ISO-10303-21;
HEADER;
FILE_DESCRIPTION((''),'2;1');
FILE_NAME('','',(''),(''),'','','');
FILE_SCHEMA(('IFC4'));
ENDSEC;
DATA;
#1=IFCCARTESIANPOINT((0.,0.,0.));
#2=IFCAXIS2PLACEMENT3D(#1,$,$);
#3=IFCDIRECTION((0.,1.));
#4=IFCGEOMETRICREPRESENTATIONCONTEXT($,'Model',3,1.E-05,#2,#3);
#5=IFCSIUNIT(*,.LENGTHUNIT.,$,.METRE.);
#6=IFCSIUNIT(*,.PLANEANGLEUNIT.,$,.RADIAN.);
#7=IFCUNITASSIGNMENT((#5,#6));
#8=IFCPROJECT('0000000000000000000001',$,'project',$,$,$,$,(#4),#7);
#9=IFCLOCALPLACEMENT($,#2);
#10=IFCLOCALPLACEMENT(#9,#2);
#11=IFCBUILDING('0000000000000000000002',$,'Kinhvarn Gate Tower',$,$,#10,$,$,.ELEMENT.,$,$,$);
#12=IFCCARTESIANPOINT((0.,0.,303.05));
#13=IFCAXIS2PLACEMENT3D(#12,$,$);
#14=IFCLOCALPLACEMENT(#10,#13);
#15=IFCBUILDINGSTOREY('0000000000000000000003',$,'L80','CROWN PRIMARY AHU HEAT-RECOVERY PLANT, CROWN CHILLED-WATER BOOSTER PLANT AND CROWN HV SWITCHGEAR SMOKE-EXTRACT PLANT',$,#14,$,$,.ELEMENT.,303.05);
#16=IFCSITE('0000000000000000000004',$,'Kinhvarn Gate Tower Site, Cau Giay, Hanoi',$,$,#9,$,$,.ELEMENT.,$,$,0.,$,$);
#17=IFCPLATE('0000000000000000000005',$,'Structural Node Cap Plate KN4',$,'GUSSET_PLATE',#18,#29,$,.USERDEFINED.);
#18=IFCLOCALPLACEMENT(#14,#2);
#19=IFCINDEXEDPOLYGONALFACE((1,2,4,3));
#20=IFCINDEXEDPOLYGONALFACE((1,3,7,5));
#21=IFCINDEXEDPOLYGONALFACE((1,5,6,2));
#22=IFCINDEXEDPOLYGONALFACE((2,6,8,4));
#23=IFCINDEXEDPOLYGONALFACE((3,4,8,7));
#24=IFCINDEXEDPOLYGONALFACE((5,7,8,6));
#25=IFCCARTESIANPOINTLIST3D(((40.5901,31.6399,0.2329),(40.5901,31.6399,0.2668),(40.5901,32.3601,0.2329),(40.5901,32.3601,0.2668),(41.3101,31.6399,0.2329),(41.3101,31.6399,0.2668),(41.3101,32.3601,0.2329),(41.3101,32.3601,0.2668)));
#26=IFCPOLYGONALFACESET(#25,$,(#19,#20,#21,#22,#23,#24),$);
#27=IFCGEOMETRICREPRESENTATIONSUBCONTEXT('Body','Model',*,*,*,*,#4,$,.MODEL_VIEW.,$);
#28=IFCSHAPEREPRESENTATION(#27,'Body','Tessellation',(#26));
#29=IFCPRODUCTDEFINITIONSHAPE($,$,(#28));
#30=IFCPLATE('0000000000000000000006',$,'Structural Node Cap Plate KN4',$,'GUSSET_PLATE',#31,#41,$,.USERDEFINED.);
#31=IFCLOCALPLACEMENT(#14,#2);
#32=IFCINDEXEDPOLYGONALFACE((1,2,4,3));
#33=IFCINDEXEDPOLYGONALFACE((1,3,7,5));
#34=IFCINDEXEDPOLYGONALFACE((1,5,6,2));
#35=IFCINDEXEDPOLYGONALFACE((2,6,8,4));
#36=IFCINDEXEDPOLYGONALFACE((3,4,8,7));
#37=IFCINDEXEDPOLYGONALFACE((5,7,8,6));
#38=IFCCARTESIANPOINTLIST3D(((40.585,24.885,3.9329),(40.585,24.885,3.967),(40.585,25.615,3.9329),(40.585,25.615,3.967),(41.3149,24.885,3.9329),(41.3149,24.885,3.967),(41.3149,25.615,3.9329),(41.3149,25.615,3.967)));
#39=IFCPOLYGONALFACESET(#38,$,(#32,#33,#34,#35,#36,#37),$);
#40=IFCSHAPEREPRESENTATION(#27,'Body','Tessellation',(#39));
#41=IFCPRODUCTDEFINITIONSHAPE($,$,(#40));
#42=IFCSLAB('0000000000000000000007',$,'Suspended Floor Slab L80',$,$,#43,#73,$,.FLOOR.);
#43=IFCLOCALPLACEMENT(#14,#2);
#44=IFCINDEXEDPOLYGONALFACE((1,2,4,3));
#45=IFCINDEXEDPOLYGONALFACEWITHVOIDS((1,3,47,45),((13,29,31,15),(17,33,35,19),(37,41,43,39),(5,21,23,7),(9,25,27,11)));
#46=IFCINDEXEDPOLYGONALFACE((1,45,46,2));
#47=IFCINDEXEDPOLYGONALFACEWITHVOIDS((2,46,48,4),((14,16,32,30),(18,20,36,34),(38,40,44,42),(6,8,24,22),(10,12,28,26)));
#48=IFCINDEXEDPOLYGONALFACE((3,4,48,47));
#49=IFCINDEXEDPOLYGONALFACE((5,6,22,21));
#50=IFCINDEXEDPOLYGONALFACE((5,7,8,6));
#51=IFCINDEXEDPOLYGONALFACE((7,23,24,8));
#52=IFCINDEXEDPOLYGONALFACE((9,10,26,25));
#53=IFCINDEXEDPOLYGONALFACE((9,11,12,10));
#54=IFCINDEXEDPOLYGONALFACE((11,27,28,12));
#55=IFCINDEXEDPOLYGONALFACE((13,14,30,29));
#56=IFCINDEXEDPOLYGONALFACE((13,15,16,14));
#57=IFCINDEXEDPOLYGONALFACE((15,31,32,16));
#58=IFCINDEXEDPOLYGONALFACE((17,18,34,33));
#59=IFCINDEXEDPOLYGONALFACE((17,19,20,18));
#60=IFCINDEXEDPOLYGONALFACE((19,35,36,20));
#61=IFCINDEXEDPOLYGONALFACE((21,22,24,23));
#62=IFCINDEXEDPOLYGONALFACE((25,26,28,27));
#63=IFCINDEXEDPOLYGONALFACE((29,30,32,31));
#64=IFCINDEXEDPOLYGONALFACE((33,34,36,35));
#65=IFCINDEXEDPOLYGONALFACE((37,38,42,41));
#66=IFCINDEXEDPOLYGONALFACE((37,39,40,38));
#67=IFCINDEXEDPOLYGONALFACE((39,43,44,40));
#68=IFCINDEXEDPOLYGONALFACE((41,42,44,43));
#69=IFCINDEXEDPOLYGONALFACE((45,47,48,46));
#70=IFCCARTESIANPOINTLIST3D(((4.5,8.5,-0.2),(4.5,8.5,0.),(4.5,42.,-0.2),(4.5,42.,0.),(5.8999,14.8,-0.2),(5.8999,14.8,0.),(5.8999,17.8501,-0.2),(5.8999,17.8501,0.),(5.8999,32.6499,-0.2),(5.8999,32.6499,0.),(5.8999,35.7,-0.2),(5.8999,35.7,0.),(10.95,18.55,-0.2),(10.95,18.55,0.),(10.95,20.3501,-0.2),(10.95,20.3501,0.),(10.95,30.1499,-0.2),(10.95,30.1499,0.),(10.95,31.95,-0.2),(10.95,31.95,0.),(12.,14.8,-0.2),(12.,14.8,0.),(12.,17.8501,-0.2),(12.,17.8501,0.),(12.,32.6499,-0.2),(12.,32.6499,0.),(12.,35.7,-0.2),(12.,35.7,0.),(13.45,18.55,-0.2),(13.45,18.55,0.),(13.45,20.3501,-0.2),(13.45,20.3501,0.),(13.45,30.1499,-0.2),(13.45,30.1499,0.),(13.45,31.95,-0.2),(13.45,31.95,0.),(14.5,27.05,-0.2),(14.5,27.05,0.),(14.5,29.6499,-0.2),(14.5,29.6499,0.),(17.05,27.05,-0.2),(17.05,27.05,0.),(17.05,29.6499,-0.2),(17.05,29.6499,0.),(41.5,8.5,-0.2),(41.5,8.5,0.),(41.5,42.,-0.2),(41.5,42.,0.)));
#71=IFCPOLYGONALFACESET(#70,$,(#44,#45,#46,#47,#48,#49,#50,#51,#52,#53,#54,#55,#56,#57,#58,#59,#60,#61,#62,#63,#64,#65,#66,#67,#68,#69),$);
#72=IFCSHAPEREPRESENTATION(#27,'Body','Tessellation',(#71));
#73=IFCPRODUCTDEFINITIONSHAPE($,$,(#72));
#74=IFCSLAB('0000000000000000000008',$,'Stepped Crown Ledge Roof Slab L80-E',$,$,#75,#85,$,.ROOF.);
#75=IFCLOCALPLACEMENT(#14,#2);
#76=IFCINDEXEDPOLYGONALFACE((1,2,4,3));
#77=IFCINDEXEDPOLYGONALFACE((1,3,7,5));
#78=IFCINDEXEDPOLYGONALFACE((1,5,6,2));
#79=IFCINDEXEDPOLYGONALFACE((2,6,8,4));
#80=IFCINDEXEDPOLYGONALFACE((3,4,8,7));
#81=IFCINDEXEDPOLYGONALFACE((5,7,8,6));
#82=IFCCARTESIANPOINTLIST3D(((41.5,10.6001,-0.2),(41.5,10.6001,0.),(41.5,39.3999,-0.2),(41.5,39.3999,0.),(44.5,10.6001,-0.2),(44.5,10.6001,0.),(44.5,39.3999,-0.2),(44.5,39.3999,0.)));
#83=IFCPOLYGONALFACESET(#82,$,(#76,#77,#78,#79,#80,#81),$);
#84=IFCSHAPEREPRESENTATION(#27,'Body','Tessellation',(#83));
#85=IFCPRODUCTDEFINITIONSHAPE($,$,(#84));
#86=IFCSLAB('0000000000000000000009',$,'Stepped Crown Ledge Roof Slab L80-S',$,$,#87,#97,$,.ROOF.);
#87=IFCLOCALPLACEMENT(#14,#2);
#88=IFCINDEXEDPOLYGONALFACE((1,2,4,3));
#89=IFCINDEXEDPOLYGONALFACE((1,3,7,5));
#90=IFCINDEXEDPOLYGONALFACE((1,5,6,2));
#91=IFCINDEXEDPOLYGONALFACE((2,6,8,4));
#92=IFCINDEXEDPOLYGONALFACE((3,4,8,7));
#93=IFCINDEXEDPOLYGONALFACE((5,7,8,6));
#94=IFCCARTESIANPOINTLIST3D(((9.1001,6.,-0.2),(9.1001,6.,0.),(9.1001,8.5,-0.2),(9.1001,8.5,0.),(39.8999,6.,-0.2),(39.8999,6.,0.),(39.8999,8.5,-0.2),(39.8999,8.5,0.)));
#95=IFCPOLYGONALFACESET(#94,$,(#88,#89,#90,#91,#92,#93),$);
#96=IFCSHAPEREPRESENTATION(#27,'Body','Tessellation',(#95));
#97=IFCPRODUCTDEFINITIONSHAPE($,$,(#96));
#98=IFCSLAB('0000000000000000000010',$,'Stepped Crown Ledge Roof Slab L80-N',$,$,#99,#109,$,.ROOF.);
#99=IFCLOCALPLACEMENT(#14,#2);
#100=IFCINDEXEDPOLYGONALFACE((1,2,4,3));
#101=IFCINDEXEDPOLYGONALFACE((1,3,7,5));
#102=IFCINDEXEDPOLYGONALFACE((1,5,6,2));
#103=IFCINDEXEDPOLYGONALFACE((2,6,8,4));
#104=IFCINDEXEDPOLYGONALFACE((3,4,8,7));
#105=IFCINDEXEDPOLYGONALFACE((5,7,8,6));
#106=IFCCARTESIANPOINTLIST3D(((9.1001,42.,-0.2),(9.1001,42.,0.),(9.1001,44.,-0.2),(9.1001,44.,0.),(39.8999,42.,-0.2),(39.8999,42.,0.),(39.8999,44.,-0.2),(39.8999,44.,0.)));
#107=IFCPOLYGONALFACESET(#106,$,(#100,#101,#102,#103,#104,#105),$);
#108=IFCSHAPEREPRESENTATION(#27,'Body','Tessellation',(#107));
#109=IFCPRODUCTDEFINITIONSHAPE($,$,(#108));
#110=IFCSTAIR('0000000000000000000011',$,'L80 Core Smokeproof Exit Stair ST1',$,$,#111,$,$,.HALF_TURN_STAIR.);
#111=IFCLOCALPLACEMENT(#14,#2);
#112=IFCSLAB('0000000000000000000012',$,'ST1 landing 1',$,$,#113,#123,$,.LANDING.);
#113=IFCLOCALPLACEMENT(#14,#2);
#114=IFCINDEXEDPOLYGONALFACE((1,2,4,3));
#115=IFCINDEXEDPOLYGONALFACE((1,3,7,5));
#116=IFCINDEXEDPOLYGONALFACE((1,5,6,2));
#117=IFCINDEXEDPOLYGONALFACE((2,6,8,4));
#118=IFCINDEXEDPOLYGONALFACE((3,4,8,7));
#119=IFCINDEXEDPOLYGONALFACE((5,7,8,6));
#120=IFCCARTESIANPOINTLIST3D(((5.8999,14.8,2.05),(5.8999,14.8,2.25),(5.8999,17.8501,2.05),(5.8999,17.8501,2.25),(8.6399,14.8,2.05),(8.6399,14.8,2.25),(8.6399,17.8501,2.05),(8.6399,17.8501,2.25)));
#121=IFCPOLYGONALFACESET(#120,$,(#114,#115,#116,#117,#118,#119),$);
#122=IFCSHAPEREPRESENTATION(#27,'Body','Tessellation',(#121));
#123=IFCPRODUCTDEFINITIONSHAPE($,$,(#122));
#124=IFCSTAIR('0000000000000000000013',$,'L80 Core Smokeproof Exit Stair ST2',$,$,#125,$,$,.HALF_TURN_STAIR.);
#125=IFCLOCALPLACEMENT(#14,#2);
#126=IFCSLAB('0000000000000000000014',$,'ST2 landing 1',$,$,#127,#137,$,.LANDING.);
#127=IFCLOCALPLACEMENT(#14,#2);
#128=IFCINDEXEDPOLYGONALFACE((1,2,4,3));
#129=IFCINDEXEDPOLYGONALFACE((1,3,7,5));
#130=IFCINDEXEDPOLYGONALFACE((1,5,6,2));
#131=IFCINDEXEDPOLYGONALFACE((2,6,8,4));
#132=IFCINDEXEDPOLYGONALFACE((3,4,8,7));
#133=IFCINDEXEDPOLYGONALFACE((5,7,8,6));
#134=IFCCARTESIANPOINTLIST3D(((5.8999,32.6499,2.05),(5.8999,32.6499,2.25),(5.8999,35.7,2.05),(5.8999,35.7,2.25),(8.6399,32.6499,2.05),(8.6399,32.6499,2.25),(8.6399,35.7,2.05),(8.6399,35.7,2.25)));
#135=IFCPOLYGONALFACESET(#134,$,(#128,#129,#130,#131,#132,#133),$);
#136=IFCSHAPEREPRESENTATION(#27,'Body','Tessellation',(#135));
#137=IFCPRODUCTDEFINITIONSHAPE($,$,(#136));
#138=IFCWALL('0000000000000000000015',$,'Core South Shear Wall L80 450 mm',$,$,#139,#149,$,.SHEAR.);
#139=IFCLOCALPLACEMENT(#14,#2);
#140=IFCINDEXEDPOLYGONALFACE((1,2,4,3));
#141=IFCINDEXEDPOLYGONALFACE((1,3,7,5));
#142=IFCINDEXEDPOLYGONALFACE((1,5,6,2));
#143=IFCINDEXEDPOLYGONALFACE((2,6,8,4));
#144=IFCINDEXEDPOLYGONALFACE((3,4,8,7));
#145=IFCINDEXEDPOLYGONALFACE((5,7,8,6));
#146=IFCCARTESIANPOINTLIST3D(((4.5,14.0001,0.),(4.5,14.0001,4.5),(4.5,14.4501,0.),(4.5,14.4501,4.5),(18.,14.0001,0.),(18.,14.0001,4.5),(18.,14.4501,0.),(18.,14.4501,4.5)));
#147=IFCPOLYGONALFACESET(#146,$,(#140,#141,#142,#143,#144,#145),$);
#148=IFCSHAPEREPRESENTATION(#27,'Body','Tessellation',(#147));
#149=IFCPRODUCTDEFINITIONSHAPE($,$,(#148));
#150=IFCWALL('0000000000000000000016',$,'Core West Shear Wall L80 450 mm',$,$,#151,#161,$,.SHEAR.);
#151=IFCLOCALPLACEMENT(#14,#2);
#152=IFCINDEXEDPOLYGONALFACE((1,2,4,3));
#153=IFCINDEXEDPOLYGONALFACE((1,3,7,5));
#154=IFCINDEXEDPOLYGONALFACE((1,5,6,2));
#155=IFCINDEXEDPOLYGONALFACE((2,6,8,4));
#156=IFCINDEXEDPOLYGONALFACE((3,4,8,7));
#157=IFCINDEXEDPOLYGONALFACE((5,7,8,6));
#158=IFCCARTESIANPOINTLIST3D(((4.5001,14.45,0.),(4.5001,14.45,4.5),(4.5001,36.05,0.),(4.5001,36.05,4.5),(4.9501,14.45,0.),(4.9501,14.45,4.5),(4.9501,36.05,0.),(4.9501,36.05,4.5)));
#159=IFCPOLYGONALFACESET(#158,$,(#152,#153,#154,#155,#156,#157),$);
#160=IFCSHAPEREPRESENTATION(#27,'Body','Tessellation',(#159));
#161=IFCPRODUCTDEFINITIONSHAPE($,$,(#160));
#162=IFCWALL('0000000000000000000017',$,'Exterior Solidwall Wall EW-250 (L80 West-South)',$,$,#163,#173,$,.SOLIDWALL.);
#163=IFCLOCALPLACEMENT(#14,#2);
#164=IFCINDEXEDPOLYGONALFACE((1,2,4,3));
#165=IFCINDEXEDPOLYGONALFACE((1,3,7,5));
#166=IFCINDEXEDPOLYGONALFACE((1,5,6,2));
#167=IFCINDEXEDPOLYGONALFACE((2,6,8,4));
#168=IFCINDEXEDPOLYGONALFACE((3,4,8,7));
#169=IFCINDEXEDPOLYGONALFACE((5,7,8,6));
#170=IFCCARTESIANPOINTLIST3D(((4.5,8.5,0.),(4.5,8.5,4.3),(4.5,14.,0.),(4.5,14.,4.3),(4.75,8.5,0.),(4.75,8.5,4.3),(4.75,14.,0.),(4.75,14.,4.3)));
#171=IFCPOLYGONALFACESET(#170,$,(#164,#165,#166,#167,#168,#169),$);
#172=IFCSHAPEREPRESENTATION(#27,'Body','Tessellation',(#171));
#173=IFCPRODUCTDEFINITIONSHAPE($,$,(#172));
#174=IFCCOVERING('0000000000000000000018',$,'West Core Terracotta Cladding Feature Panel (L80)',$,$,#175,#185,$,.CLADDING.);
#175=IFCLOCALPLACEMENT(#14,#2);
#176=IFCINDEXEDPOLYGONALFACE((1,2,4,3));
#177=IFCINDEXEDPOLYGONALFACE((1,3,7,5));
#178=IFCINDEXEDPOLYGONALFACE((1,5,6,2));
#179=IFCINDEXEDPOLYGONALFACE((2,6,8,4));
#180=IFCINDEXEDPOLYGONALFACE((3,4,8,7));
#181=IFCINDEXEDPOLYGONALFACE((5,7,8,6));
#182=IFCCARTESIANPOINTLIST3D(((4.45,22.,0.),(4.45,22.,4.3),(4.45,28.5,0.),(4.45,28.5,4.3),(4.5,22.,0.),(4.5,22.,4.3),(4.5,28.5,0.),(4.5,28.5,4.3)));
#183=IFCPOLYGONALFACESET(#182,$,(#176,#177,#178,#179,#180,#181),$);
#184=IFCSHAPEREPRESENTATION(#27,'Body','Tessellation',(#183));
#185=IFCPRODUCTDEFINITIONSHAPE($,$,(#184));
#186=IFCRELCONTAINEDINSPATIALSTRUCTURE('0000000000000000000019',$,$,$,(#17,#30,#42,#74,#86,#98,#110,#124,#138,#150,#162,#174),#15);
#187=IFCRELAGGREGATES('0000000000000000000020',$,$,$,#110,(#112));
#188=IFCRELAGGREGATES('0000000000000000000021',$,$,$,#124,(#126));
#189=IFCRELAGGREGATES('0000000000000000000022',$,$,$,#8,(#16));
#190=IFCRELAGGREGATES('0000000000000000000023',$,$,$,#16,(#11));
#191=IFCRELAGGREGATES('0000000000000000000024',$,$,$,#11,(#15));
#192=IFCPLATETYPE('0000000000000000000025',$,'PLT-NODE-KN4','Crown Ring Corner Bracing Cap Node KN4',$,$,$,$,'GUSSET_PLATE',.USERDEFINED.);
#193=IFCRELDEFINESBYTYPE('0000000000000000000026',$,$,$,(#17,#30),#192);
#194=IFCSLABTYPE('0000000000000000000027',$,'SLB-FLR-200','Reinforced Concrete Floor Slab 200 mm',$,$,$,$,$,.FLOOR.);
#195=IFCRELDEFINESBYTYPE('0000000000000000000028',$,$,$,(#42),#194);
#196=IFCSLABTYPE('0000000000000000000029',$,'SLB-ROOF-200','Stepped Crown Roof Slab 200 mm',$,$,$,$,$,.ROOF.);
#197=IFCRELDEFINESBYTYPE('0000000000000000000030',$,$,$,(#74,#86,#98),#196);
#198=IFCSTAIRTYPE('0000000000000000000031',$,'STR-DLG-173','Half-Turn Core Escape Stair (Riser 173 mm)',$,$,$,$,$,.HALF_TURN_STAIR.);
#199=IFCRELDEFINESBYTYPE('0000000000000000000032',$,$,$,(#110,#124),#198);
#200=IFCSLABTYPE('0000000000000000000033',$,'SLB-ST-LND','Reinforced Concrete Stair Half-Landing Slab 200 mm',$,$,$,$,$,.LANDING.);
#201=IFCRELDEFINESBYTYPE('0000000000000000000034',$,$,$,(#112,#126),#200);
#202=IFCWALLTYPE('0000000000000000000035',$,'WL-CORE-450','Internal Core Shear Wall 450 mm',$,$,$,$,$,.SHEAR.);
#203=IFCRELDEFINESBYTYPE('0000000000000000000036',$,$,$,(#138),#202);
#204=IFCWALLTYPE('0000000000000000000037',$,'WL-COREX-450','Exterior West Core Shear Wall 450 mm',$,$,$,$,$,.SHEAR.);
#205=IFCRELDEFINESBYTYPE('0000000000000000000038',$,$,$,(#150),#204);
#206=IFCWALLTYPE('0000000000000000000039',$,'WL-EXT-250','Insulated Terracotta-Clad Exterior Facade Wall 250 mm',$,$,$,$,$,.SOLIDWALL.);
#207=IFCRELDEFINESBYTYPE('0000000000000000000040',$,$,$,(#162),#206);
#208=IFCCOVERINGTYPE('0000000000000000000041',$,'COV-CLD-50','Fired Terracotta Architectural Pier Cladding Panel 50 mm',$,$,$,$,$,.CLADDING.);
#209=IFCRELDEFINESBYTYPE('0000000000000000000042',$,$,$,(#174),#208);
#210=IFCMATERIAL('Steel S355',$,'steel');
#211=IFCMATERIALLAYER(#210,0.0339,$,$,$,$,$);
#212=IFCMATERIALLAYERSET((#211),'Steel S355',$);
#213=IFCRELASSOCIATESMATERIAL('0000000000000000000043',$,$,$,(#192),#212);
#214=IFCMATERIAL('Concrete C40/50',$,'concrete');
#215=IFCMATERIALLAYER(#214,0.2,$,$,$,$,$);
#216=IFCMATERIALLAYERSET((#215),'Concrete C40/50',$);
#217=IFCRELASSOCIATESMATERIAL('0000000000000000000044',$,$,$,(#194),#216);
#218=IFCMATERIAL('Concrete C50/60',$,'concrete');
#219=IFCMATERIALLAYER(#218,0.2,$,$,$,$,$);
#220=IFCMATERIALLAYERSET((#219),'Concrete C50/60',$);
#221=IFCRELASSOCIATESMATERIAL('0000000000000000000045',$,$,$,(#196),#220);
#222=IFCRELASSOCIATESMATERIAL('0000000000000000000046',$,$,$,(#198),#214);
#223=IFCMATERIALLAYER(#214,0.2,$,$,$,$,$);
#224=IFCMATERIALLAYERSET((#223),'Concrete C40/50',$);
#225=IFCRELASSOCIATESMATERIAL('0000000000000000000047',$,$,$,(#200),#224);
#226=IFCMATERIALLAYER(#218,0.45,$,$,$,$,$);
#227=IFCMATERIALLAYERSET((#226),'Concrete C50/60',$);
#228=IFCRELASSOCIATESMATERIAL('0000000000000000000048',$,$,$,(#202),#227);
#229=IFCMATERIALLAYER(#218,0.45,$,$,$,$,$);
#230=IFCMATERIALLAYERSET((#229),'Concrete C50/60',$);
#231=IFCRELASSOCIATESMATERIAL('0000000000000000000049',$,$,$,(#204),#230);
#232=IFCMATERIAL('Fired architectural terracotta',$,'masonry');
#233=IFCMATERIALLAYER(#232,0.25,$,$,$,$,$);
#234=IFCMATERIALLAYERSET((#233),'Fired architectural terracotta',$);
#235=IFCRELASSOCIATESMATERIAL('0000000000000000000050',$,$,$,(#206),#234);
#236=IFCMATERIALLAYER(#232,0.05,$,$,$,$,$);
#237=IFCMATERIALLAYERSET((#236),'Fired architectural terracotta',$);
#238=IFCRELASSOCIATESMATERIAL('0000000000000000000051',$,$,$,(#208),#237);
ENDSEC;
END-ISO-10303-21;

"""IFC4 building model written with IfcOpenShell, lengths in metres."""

from ifc_helpers import new_model, si_unit, direction, frame, frame_2d, origin, place, context, subcontext, project, spatial, polyline, rectangle, outline, extrude, material, layer, layer_set, type_object, element, aggregate, save


model = new_model("IFC4")

# Units and contexts
model_context = context("Model", 3, precision=1e-05, world=origin(), true_north=direction((0.0, 1.0)))
body_context = subcontext(model_context, "Body", "Model", "MODEL_VIEW")
ifc_project = project(units=[si_unit("LENGTHUNIT", "METRE"), si_unit("PLANEANGLEUNIT", "RADIAN")], contexts=[model_context])

# Site, building, storey
site_placement = place(None, origin())
site = spatial("IfcSite", under=ifc_project, at=site_placement, Name="Kinhvarn Gate Tower Site, Cau Giay, Hanoi", CompositionType="ELEMENT", RefElevation=0.0)
building_placement = place(site_placement, origin())
building = spatial("IfcBuilding", under=site, at=building_placement, Name="Kinhvarn Gate Tower", CompositionType="ELEMENT")
storey_placement = place(building_placement, frame((0.0, 0.0, 303.05)))
storey = spatial("IfcBuildingStorey", under=building, at=storey_placement, Name="L80", Description="CROWN PRIMARY AHU HEAT-RECOVERY PLANT, CROWN CHILLED-WATER BOOSTER PLANT AND CROWN HV SWITCHGEAR SMOKE-EXTRACT PLANT", CompositionType="ELEMENT", Elevation=303.05)

# Plates
ifc_material_1 = material(Name="Steel S355", Category="steel")
ifc_layer_1 = layer(ifc_material_1, 0.0339)
ifc_layer_set_1 = layer_set([ifc_layer_1], Name="Steel S355")
plate_type_1 = type_object("IfcPlateType", Name="PLT-NODE-KN4", Description="Crown Ring Corner Bracing Cap Node KN4", ElementType="GUSSET_PLATE", PredefinedType="USERDEFINED", material=ifc_layer_set_1)
plate_1_placement = place(storey_placement, frame((0.0, 0.0, 0.2329)))
element("IfcPlate", 1, at=plate_1_placement, inside=storey, type_object=plate_type_1, Name="Structural Node Cap Plate KN4", ObjectType="GUSSET_PLATE", PredefinedType="USERDEFINED", context=body_context, shape_type="SweptSolid", body=[
    extrude(outline(polyline([(40.5901, 31.6399), (41.3101, 31.6399), (41.3101, 32.3601), (40.5901, 32.3601), (40.5901, 31.6399)])), origin(), (0.0, 0.0, 1.0), 0.0339),
])
plate_2_placement = place(storey_placement, frame((0.0, 0.0, 3.9329)))
element("IfcPlate", 2, at=plate_2_placement, inside=storey, type_object=plate_type_1, Name="Structural Node Cap Plate KN4", ObjectType="GUSSET_PLATE", PredefinedType="USERDEFINED", context=body_context, shape_type="SweptSolid", body=[
    extrude(outline(polyline([(40.585, 24.885), (41.3149, 24.885), (41.3149, 25.615), (40.585, 25.615), (40.585, 24.885)])), origin(), (0.0, 0.0, 1.0), 0.0342),
])

# Slabs
ifc_material_2 = material(Name="Concrete C40/50", Category="concrete")
ifc_layer_2 = layer(ifc_material_2, 0.2)
ifc_layer_set_2 = layer_set([ifc_layer_2], Name="Concrete C40/50")
slab_type_1 = type_object("IfcSlabType", Name="SLB-FLR-200", Description="Reinforced Concrete Floor Slab 200 mm", PredefinedType="FLOOR", material=ifc_layer_set_2)
slab_1_placement = place(storey_placement, frame((0.0, 0.0, -0.2)))
element("IfcSlab", 3, at=slab_1_placement, inside=storey, type_object=slab_type_1, Name="Suspended Floor Slab L80", PredefinedType="FLOOR", context=body_context, shape_type="SweptSolid", body=[
    extrude(outline(polyline([(4.5, 8.5), (41.5, 8.5), (41.5, 42.0), (4.5, 42.0), (4.5, 8.5)]), holes=[polyline([(5.8999, 14.8), (12.0, 14.8), (12.0, 17.8501), (5.8999, 17.8501), (5.8999, 14.8)]), polyline([(5.8999, 32.6499), (12.0, 32.6499), (12.0, 35.7), (5.8999, 35.7), (5.8999, 32.6499)]), polyline([(14.5, 27.05), (17.05, 27.05), (17.05, 29.6499), (14.5, 29.6499), (14.5, 27.05)]), polyline([(10.95, 18.55), (13.45, 18.55), (13.45, 20.3501), (10.95, 20.3501), (10.95, 18.55)]), polyline([(10.95, 30.1499), (13.45, 30.1499), (13.45, 31.95), (10.95, 31.95), (10.95, 30.1499)])]), origin(), (0.0, 0.0, 1.0), 0.2),
])
ifc_material_3 = material(Name="Concrete C50/60", Category="concrete")
ifc_layer_3 = layer(ifc_material_3, 0.2)
ifc_layer_set_3 = layer_set([ifc_layer_3], Name="Concrete C50/60")
slab_type_2 = type_object("IfcSlabType", Name="SLB-ROOF-200", Description="Stepped Crown Roof Slab 200 mm", PredefinedType="ROOF", material=ifc_layer_set_3)
slab_2_placement = place(storey_placement, frame((0.0, 0.0, -0.2)))
element("IfcSlab", 4, at=slab_2_placement, inside=storey, type_object=slab_type_2, Name="Stepped Crown Ledge Roof Slab L80-E", PredefinedType="ROOF", context=body_context, shape_type="SweptSolid", body=[
    extrude(outline(polyline([(41.5, 10.6001), (41.5, 39.3999), (44.5, 39.3999), (44.5, 10.6001), (41.5, 10.6001)])), origin(), (0.0, 0.0, 1.0), 0.2),
])
slab_3_placement = place(storey_placement, frame((0.0, 0.0, -0.2)))
element("IfcSlab", 5, at=slab_3_placement, inside=storey, type_object=slab_type_2, Name="Stepped Crown Ledge Roof Slab L80-S", PredefinedType="ROOF", context=body_context, shape_type="SweptSolid", body=[
    extrude(outline(polyline([(9.1001, 6.0), (9.1001, 8.5), (39.8999, 8.5), (39.8999, 6.0), (9.1001, 6.0)])), origin(), (0.0, 0.0, 1.0), 0.2),
])
slab_4_placement = place(storey_placement, frame((0.0, 0.0, -0.2)))
element("IfcSlab", 6, at=slab_4_placement, inside=storey, type_object=slab_type_2, Name="Stepped Crown Ledge Roof Slab L80-N", PredefinedType="ROOF", context=body_context, shape_type="SweptSolid", body=[
    extrude(outline(polyline([(39.8999, 42.0), (9.1001, 42.0), (9.1001, 44.0), (39.8999, 44.0), (39.8999, 42.0)])), origin(), (0.0, 0.0, 1.0), 0.2),
])

# Stairs, slabs
stair_type = type_object("IfcStairType", Name="STR-DLG-173", Description="Half-Turn Core Escape Stair (Riser 173 mm)", PredefinedType="HALF_TURN_STAIR", material=ifc_material_2)
stair_1_placement = place(storey_placement, origin())
stair_1 = element("IfcStair", 7, at=stair_1_placement, inside=storey, type_object=stair_type, Name="L80 Core Smokeproof Exit Stair ST1", PredefinedType="HALF_TURN_STAIR")
ifc_layer_4 = layer(ifc_material_2, 0.2)
ifc_layer_set_4 = layer_set([ifc_layer_4], Name="Concrete C40/50")
slab_type_3 = type_object("IfcSlabType", Name="SLB-ST-LND", Description="Reinforced Concrete Stair Half-Landing Slab 200 mm", PredefinedType="LANDING", material=ifc_layer_set_4)
slab_5_placement = place(storey_placement, frame((0.0, 0.0, 2.05)))
slab_5 = element("IfcSlab", 8, at=slab_5_placement, type_object=slab_type_3, Name="ST1 landing 1", PredefinedType="LANDING", context=body_context, shape_type="SweptSolid", body=[
    extrude(outline(polyline([(8.6399, 17.8501), (5.8999, 17.8501), (5.8999, 14.8), (8.6399, 14.8), (8.6399, 17.8501)])), origin(), (0.0, 0.0, 1.0), 0.2),
])
aggregate(stair_1, [slab_5])
stair_2_placement = place(storey_placement, origin())
stair_2 = element("IfcStair", 9, at=stair_2_placement, inside=storey, type_object=stair_type, Name="L80 Core Smokeproof Exit Stair ST2", PredefinedType="HALF_TURN_STAIR")
slab_6_placement = place(storey_placement, frame((0.0, 0.0, 2.05)))
slab_6 = element("IfcSlab", 10, at=slab_6_placement, type_object=slab_type_3, Name="ST2 landing 1", PredefinedType="LANDING", context=body_context, shape_type="SweptSolid", body=[
    extrude(outline(polyline([(8.6399, 35.7), (5.8999, 35.7), (5.8999, 32.6499), (8.6399, 32.6499), (8.6399, 35.7)])), origin(), (0.0, 0.0, 1.0), 0.2),
])
aggregate(stair_2, [slab_6])

# Walls
ifc_layer_5 = layer(ifc_material_3, 0.45)
ifc_layer_set_5 = layer_set([ifc_layer_5], Name="Concrete C50/60")
wall_type_1 = type_object("IfcWallType", Name="WL-CORE-450", Description="Internal Core Shear Wall 450 mm", PredefinedType="SHEAR", material=ifc_layer_set_5)
wall_1_placement = place(storey_placement, frame((4.5, 14.2251, 0.0), z_axis=(0.0, 0.0, 1.0), x_axis=(1.0, 0.0, 0.0)))
element("IfcWall", 11, at=wall_1_placement, inside=storey, type_object=wall_type_1, Name="Core South Shear Wall L80 450 mm", PredefinedType="SHEAR", context=body_context, shape_type="SweptSolid", body=[
    extrude(rectangle(XDim=13.5, YDim=0.45, at=frame_2d((6.75, 0.0))), origin(), (0.0, 0.0, 1.0), 4.5),
])
ifc_layer_6 = layer(ifc_material_3, 0.45)
ifc_layer_set_6 = layer_set([ifc_layer_6], Name="Concrete C50/60")
wall_type_2 = type_object("IfcWallType", Name="WL-COREX-450", Description="Exterior West Core Shear Wall 450 mm", PredefinedType="SHEAR", material=ifc_layer_set_6)
wall_2_placement = place(storey_placement, frame((4.7251, 14.45, 0.0), z_axis=(0.0, 0.0, 1.0), x_axis=(0.0, 1.0, 0.0)))
element("IfcWall", 12, at=wall_2_placement, inside=storey, type_object=wall_type_2, Name="Core West Shear Wall L80 450 mm", PredefinedType="SHEAR", context=body_context, shape_type="SweptSolid", body=[
    extrude(rectangle(XDim=21.6001, YDim=0.45, at=frame_2d((10.8, 0.0))), origin(), (0.0, 0.0, 1.0), 4.5),
])
ifc_material_4 = material(Name="Fired architectural terracotta", Category="masonry")
ifc_layer_7 = layer(ifc_material_4, 0.25)
ifc_layer_set_7 = layer_set([ifc_layer_7], Name="Fired architectural terracotta")
wall_type_3 = type_object("IfcWallType", Name="WL-EXT-250", Description="Insulated Terracotta-Clad Exterior Facade Wall 250 mm", PredefinedType="SOLIDWALL", material=ifc_layer_set_7)
wall_3_placement = place(storey_placement, frame((4.625, 14.0, 0.0), z_axis=(0.0, 0.0, 1.0), x_axis=(0.0, -1.0, 0.0)))
element("IfcWall", 13, at=wall_3_placement, inside=storey, type_object=wall_type_3, Name="Exterior Solidwall Wall EW-250 (L80 West-South)", PredefinedType="SOLIDWALL", context=body_context, shape_type="SweptSolid", body=[
    extrude(rectangle(XDim=5.5, YDim=0.25, at=frame_2d((2.75, 0.0))), origin(), (0.0, 0.0, 1.0), 4.3),
])

# Covering
ifc_layer_8 = layer(ifc_material_4, 0.05)
ifc_layer_set_8 = layer_set([ifc_layer_8], Name="Fired architectural terracotta")
covering_type_1 = type_object("IfcCoveringType", Name="COV-CLD-50", Description="Fired Terracotta Architectural Pier Cladding Panel 50 mm", PredefinedType="CLADDING", material=ifc_layer_set_8)
covering_1_placement = place(storey_placement, origin())
element("IfcCovering", 14, at=covering_1_placement, inside=storey, type_object=covering_type_1, Name="West Core Terracotta Cladding Feature Panel (L80)", PredefinedType="CLADDING", context=body_context, shape_type="SweptSolid", body=[
    extrude(outline(polyline([(4.45, 22.0), (4.5, 22.0), (4.5, 28.5), (4.45, 28.5), (4.45, 22.0)])), origin(), (0.0, 0.0, 1.0), 4.3),
])

save(model, "model.ifc")
